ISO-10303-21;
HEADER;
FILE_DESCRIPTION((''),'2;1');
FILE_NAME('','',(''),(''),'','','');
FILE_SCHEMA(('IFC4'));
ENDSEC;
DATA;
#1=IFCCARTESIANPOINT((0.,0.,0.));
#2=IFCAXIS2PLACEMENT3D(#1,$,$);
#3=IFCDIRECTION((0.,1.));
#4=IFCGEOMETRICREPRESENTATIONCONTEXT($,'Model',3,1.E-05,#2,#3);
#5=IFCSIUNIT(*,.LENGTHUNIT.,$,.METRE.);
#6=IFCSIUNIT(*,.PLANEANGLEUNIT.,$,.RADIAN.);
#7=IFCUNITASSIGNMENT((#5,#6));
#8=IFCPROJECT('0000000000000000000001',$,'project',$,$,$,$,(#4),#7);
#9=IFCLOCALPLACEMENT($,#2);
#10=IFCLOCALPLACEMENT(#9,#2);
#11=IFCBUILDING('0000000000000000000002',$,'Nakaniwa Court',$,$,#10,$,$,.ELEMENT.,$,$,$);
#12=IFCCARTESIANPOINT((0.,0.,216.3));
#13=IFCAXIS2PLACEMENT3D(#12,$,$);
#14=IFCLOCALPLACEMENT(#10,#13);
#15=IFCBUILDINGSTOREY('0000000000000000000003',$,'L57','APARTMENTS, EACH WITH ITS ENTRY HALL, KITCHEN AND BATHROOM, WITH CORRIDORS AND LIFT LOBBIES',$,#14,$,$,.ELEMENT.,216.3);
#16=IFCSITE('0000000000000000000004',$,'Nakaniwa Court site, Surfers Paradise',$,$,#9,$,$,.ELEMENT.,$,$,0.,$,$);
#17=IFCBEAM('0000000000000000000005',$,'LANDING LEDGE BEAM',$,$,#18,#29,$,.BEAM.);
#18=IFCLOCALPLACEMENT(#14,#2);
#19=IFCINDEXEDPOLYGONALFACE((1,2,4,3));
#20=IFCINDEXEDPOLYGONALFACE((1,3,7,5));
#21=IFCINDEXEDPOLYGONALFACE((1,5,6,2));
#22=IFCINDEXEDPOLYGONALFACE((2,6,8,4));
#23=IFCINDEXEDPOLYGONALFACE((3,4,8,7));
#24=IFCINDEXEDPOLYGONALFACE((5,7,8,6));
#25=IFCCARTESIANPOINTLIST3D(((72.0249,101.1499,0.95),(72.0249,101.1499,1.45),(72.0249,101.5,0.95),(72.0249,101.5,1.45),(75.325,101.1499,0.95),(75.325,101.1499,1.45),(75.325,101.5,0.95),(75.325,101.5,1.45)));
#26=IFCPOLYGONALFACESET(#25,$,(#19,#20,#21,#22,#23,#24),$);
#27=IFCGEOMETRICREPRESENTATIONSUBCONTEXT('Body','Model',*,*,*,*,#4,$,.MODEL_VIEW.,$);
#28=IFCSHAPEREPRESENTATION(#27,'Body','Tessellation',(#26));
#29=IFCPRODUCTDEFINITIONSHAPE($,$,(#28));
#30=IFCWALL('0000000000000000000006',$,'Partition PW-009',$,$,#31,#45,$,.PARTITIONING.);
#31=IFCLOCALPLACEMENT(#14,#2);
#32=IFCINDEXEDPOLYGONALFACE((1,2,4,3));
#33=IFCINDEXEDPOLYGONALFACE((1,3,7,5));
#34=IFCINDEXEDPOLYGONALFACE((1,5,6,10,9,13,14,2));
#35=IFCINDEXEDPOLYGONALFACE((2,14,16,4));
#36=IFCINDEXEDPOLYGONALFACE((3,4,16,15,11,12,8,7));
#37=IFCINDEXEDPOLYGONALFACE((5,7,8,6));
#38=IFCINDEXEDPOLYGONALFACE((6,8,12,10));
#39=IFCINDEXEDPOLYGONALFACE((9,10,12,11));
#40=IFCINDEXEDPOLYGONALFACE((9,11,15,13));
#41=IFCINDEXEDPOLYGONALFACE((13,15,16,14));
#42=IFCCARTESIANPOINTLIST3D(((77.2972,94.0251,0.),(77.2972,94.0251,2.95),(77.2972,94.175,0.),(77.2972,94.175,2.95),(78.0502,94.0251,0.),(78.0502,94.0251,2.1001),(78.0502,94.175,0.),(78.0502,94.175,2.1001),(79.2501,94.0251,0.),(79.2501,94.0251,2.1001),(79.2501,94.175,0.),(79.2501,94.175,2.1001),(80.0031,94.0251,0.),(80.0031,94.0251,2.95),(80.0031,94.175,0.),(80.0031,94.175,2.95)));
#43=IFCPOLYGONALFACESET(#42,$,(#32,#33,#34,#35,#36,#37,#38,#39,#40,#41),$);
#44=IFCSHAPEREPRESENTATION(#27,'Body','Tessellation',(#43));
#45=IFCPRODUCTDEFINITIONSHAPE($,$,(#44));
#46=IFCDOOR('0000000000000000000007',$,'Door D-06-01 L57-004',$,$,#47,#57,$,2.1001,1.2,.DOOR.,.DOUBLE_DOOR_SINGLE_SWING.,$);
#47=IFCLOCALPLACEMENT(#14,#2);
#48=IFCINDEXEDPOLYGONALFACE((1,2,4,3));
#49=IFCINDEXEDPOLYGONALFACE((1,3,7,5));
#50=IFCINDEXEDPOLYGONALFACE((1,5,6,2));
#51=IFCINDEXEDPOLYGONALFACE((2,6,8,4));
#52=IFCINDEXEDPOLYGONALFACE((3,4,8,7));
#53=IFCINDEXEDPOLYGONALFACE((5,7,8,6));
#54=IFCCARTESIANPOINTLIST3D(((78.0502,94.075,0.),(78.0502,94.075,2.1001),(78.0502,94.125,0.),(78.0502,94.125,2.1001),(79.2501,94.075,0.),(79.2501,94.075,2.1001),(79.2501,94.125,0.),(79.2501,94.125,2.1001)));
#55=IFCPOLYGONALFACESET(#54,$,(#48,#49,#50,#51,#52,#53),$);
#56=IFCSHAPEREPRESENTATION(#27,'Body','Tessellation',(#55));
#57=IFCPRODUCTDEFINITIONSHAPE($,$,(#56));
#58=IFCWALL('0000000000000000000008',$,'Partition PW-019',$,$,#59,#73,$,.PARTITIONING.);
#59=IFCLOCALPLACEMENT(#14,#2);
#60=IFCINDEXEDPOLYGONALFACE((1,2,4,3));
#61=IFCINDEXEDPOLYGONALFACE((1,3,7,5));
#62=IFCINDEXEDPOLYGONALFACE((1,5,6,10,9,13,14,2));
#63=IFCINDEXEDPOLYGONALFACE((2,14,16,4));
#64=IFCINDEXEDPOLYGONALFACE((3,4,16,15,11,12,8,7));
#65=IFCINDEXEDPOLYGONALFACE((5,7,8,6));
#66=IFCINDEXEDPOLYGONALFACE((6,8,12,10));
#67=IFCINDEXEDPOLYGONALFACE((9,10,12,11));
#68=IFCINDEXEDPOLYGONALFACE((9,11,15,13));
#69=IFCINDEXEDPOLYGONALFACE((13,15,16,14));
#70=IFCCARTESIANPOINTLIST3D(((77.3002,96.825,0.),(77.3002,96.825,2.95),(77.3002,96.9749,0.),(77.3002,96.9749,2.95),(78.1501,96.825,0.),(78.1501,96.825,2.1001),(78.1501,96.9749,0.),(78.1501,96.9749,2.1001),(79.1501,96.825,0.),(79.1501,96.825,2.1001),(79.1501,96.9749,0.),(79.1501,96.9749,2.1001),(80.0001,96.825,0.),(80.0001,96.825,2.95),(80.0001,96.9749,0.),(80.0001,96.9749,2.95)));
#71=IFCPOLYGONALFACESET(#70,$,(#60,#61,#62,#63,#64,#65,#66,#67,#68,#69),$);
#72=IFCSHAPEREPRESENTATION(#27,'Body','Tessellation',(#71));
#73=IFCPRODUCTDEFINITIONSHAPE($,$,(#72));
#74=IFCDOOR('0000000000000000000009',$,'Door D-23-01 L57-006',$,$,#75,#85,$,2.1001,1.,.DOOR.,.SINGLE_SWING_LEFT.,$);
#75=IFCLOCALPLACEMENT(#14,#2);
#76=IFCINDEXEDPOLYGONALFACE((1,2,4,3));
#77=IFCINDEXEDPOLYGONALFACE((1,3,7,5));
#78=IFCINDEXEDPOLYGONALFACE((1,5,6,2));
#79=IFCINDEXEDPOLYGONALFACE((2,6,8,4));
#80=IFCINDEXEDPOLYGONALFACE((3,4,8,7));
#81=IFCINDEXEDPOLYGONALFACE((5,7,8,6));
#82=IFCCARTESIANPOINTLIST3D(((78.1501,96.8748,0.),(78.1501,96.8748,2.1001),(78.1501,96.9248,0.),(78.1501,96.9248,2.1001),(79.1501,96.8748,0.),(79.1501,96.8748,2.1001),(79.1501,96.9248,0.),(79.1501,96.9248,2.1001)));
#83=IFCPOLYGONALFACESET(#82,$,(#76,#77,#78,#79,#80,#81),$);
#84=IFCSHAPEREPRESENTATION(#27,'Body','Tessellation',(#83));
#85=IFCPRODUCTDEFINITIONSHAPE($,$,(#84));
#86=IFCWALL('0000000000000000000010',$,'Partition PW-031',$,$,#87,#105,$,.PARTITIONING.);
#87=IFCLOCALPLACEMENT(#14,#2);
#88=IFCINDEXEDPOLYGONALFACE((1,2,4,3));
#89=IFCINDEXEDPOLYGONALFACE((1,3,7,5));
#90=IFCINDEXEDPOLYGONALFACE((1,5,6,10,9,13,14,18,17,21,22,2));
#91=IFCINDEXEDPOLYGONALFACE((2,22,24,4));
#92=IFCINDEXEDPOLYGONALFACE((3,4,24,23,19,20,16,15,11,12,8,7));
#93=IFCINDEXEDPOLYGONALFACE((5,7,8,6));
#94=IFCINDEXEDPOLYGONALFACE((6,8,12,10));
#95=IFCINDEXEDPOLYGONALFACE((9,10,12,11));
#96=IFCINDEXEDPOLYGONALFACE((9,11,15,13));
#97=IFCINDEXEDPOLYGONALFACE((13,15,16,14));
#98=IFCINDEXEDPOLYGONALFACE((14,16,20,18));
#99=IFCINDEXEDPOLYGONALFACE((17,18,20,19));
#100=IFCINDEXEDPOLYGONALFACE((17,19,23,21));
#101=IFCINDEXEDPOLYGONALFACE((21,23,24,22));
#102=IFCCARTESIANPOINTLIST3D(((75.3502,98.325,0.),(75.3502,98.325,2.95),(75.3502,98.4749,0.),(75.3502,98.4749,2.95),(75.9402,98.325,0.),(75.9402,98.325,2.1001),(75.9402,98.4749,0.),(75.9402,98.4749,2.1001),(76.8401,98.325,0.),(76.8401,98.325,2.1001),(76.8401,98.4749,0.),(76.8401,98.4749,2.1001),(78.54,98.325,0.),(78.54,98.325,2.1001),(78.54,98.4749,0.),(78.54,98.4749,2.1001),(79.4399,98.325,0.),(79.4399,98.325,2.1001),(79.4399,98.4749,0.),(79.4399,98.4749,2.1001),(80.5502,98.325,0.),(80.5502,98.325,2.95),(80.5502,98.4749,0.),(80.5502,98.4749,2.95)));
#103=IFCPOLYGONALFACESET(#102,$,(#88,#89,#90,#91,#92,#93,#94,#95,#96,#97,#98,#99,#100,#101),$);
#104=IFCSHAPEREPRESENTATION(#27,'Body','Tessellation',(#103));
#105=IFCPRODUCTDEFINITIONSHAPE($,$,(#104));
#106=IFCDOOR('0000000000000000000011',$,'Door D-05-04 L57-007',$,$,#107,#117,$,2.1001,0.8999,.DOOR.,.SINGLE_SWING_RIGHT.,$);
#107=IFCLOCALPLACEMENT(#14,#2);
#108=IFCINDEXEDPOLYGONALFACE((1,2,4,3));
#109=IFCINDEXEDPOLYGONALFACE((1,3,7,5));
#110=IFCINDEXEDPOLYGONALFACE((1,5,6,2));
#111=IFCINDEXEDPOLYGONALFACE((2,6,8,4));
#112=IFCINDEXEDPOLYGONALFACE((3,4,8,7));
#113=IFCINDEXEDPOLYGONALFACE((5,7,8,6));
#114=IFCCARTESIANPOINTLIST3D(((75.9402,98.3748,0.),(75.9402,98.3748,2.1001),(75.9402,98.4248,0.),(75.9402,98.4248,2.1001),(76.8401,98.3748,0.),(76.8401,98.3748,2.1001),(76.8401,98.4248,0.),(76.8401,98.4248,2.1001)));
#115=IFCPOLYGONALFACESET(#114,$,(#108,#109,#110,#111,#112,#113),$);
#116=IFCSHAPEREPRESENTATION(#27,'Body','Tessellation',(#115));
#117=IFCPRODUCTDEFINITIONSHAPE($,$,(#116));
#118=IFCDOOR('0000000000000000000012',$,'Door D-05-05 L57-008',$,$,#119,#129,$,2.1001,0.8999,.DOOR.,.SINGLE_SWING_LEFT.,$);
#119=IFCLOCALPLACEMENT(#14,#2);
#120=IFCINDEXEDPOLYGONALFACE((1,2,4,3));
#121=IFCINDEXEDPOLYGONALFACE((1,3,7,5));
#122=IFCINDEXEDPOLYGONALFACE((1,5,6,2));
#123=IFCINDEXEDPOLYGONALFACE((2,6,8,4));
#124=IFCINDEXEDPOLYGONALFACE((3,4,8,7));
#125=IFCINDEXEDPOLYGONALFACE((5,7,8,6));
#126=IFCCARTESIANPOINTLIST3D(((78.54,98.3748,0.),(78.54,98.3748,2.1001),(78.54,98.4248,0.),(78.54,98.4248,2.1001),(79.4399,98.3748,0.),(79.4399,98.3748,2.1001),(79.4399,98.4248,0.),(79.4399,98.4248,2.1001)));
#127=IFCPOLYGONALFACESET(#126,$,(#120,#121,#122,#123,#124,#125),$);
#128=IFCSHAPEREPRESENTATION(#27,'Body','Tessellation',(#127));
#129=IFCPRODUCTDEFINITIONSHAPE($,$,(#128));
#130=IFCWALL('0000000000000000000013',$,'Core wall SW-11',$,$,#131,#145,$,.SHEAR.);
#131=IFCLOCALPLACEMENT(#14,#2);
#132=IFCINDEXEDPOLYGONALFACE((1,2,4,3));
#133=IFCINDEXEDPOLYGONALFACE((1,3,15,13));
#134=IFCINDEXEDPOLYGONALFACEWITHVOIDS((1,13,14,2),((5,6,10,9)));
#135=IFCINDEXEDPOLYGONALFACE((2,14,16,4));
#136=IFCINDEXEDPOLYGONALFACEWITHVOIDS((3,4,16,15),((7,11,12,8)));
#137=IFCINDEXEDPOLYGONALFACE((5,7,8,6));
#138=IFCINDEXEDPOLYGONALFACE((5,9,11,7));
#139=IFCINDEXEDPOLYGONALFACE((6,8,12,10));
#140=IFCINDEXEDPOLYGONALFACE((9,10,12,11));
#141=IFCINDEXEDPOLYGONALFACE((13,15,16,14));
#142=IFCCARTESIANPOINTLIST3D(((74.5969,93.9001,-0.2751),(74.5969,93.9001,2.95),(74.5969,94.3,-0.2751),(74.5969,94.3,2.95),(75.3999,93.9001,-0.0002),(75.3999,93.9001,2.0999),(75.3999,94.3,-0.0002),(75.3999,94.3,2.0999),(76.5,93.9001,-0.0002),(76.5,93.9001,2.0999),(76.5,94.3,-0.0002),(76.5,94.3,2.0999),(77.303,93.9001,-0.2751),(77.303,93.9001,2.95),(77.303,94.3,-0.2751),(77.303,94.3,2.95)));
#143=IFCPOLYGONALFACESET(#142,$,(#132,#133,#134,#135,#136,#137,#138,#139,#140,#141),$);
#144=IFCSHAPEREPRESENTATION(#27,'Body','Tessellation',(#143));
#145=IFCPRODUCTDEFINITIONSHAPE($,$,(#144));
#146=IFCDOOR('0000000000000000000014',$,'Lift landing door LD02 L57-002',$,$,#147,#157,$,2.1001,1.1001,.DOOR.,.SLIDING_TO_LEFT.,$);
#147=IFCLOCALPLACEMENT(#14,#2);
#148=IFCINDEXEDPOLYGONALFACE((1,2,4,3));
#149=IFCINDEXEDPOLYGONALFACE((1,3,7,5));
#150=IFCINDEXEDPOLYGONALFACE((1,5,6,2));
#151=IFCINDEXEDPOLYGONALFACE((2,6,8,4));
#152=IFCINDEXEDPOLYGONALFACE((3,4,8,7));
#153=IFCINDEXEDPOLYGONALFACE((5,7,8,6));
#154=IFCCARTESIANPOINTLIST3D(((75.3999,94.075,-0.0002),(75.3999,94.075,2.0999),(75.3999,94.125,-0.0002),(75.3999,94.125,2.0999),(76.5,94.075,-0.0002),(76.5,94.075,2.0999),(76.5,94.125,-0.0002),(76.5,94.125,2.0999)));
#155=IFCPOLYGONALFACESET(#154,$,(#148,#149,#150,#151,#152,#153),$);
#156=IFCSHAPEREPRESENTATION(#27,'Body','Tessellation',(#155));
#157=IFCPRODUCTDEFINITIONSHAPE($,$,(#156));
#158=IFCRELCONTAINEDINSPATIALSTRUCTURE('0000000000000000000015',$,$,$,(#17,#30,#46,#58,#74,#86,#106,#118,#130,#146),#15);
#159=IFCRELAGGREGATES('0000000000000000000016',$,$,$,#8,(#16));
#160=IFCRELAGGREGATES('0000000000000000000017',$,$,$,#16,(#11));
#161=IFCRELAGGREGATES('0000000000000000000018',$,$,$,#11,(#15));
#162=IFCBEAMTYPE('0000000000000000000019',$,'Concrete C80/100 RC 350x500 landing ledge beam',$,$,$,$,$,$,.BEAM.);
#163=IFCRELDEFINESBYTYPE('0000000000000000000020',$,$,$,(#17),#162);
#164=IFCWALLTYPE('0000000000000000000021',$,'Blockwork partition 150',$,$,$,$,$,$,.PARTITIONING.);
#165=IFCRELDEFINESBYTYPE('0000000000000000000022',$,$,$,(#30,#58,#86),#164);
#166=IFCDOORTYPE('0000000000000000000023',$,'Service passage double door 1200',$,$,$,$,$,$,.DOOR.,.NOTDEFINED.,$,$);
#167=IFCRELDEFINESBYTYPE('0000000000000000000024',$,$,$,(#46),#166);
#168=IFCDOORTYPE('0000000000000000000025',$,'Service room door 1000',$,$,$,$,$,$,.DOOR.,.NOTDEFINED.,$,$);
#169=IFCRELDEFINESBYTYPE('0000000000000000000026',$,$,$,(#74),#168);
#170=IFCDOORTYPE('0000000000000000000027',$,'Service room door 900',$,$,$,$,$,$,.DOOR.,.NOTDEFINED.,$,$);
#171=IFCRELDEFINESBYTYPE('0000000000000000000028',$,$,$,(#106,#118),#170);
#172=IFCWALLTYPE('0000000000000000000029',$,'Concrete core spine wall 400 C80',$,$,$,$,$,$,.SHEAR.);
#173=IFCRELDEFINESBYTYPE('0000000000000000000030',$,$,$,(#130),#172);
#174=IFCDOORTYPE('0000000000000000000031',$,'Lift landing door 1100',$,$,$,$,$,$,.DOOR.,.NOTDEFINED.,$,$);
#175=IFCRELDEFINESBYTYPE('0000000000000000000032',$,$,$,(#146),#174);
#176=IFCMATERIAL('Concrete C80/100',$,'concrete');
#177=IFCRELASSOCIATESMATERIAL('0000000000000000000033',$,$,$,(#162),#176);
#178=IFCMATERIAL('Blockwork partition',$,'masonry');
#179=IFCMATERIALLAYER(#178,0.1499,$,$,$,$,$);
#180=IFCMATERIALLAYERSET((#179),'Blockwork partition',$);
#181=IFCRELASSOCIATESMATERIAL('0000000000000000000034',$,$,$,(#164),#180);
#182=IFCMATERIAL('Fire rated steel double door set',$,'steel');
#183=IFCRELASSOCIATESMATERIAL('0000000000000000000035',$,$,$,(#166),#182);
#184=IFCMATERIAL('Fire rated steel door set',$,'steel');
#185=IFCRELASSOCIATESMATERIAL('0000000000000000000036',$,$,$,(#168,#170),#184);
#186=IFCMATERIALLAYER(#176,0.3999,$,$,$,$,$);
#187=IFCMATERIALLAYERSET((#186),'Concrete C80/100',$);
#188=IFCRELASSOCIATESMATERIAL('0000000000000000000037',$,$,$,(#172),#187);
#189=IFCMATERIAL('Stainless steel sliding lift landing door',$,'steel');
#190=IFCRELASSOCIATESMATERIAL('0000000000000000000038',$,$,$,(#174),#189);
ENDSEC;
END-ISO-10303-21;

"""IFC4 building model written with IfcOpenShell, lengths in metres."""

from ifc_helpers import new_model, si_unit, direction, frame, frame_2d, origin, origin_2d, place, context, subcontext, project, spatial, rectangle, extrude, material, layer, layer_set, material_profile, profile_set, type_object, element, fill, save


model = new_model("IFC4")

# Units and contexts
model_context = context("Model", 3, precision=1e-05, world=origin(), true_north=direction((0.0, 1.0)))
body_context = subcontext(model_context, "Body", "Model", "MODEL_VIEW")
ifc_project = project(units=[si_unit("LENGTHUNIT", "METRE"), si_unit("PLANEANGLEUNIT", "RADIAN")], contexts=[model_context])

# Site, building, storey
site_placement = place(None, origin())
site = spatial("IfcSite", under=ifc_project, at=site_placement, Name="Nakaniwa Court site, Surfers Paradise", CompositionType="ELEMENT", RefElevation=0.0)
building_placement = place(site_placement, origin())
building = spatial("IfcBuilding", under=site, at=building_placement, Name="Nakaniwa Court", CompositionType="ELEMENT")
storey_placement = place(building_placement, frame((0.0, 0.0, 216.3)))
storey = spatial("IfcBuildingStorey", under=building, at=storey_placement, Name="L57", Description="APARTMENTS, EACH WITH ITS ENTRY HALL, KITCHEN AND BATHROOM, WITH CORRIDORS AND LIFT LOBBIES", CompositionType="ELEMENT", Elevation=216.3)

# Beam
ifc_material_1 = material(Name="Concrete C80/100", Category="concrete")
ifc_material_profile = material_profile(ifc_material_1, rectangle(XDim=0.3501, YDim=0.5, at=origin_2d()), Name="Concrete C80/100 RC 350x500 landing ledge beam")
ifc_profile_set = profile_set([ifc_material_profile], Name="Concrete C80/100")
beam_type = type_object("IfcBeamType", Name="Concrete C80/100 RC 350x500 landing ledge beam", PredefinedType="BEAM", material=ifc_profile_set)
beam_placement = place(storey_placement, frame((72.0249, 101.325, 1.2), z_axis=(1.0, 0.0, 0.0), x_axis=(0.0, 1.0, 0.0)))
element("IfcBeam", 1, at=beam_placement, inside=storey, type_object=beam_type, Name="LANDING LEDGE BEAM", PredefinedType="BEAM", context=body_context, shape_type="SweptSolid", body=[
    extrude(rectangle(XDim=0.3501, YDim=0.5, at=origin_2d()), origin(), (0.0, 0.0, 1.0), 3.3),
])

# Walls, openings, doors
ifc_material_2 = material(Name="Blockwork partition", Category="masonry")
ifc_layer_1 = layer(ifc_material_2, 0.1499)
ifc_layer_set_1 = layer_set([ifc_layer_1], Name="Blockwork partition")
wall_type_1 = type_object("IfcWallType", Name="Blockwork partition 150", PredefinedType="PARTITIONING", material=ifc_layer_set_1)
wall_1_placement = place(storey_placement, frame((77.2971, 94.1001, 0.0), z_axis=(0.0, 0.0, 1.0), x_axis=(1.0, 0.0, 0.0)))
wall_1 = element("IfcWall", 2, at=wall_1_placement, inside=storey, type_object=wall_type_1, Name="Partition PW-009", PredefinedType="PARTITIONING", context=body_context, shape_type="SweptSolid", body=[
    extrude(rectangle(XDim=2.7058, YDim=0.1499, at=frame_2d((1.353, 0.0))), origin(), (0.0, 0.0, 1.0), 2.95),
])
opening_1_placement = place(wall_1_placement, frame((0.7529, 0.0, 0.0)))
opening_1 = element("IfcOpeningElement", 3, at=opening_1_placement, cuts=wall_1, PredefinedType="OPENING", context=body_context, shape_type="SweptSolid", body=[
    extrude(rectangle(XDim=1.2, YDim=2.1001, at=frame_2d((0.6001, 1.05))), frame((0.0, 0.085, 0.0), z_axis=(0.0, -1.0, 0.0), x_axis=(1.0, 0.0, 0.0)), (0.0, 0.0, 1.0), 0.1699),
])
ifc_material_3 = material(Name="Fire rated steel double door set", Category="steel")
door_type_1 = type_object("IfcDoorType", Name="Service passage double door 1200", OperationType="NOTDEFINED", PredefinedType="DOOR", material=ifc_material_3)
door_1_placement = place(opening_1_placement, origin())
door_1 = element("IfcDoor", 4, at=door_1_placement, inside=storey, type_object=door_type_1, Name="Door D-06-01 L57-004", OperationType="DOUBLE_DOOR_SINGLE_SWING", OverallHeight=2.1001, OverallWidth=1.2, PredefinedType="DOOR", context=body_context, shape_type="SweptSolid", body=[
    extrude(rectangle(XDim=1.2, YDim=2.1001, at=frame_2d((0.6001, 1.05))), frame((0.0, 0.0249, 0.0), z_axis=(0.0, -1.0, 0.0), x_axis=(1.0, 0.0, 0.0)), (0.0, 0.0, 1.0), 0.05),
])
fill(opening_1, door_1)
wall_2_placement = place(storey_placement, frame((77.3, 96.8999, 0.0), z_axis=(0.0, 0.0, 1.0), x_axis=(1.0, 0.0, 0.0)))
wall_2 = element("IfcWall", 5, at=wall_2_placement, inside=storey, type_object=wall_type_1, Name="Partition PW-019", PredefinedType="PARTITIONING", context=body_context, shape_type="SweptSolid", body=[
    extrude(rectangle(XDim=2.7, YDim=0.1499, at=frame_2d((1.3501, 0.0))), origin(), (0.0, 0.0, 1.0), 2.95),
])
opening_2_placement = place(wall_2_placement, frame((0.8501, 0.0, 0.0)))
opening_2 = element("IfcOpeningElement", 6, at=opening_2_placement, cuts=wall_2, PredefinedType="OPENING", context=body_context, shape_type="SweptSolid", body=[
    extrude(rectangle(XDim=1.0, YDim=2.1001, at=frame_2d((0.5, 1.05))), frame((0.0, 0.085, 0.0), z_axis=(0.0, -1.0, 0.0), x_axis=(1.0, 0.0, 0.0)), (0.0, 0.0, 1.0), 0.1699),
])
ifc_material_4 = material(Name="Fire rated steel door set", Category="steel")
door_type_2 = type_object("IfcDoorType", Name="Service room door 1000", OperationType="NOTDEFINED", PredefinedType="DOOR", material=ifc_material_4)
door_2_placement = place(opening_2_placement, origin())
door_2 = element("IfcDoor", 7, at=door_2_placement, inside=storey, type_object=door_type_2, Name="Door D-23-01 L57-006", OperationType="SINGLE_SWING_LEFT", OverallHeight=2.1001, OverallWidth=1.0, PredefinedType="DOOR", context=body_context, shape_type="SweptSolid", body=[
    extrude(rectangle(XDim=1.0, YDim=2.1001, at=frame_2d((0.5, 1.05))), frame((0.0, 0.0249, 0.0), z_axis=(0.0, -1.0, 0.0), x_axis=(1.0, 0.0, 0.0)), (0.0, 0.0, 1.0), 0.05),
])
fill(opening_2, door_2)

# Wall, openings, doors
wall_3_placement = place(storey_placement, frame((75.3501, 98.3999, 0.0), z_axis=(0.0, 0.0, 1.0), x_axis=(1.0, 0.0, 0.0)))
wall_3 = element("IfcWall", 8, at=wall_3_placement, inside=storey, type_object=wall_type_1, Name="Partition PW-031", PredefinedType="PARTITIONING", context=body_context, shape_type="SweptSolid", body=[
    extrude(rectangle(XDim=5.2, YDim=0.1499, at=frame_2d((2.6001, 0.0))), origin(), (0.0, 0.0, 1.0), 2.95),
])
opening_3_placement = place(wall_3_placement, frame((0.5901, 0.0, 0.0)))
opening_3 = element("IfcOpeningElement", 9, at=opening_3_placement, cuts=wall_3, PredefinedType="OPENING", context=body_context, shape_type="SweptSolid", body=[
    extrude(rectangle(XDim=0.8999, YDim=2.1001, at=frame_2d((0.45, 1.05))), frame((0.0, 0.085, 0.0), z_axis=(0.0, -1.0, 0.0), x_axis=(1.0, 0.0, 0.0)), (0.0, 0.0, 1.0), 0.1699),
])
opening_4_placement = place(wall_3_placement, frame((3.1899, 0.0, 0.0)))
opening_4 = element("IfcOpeningElement", 10, at=opening_4_placement, cuts=wall_3, PredefinedType="OPENING", context=body_context, shape_type="SweptSolid", body=[
    extrude(rectangle(XDim=0.8999, YDim=2.1001, at=frame_2d((0.45, 1.05))), frame((0.0, 0.085, 0.0), z_axis=(0.0, -1.0, 0.0), x_axis=(1.0, 0.0, 0.0)), (0.0, 0.0, 1.0), 0.1699),
])
door_type_3 = type_object("IfcDoorType", Name="Service room door 900", OperationType="NOTDEFINED", PredefinedType="DOOR", material=ifc_material_4)
door_3_placement = place(opening_3_placement, origin())
door_3 = element("IfcDoor", 11, at=door_3_placement, inside=storey, type_object=door_type_3, Name="Door D-05-04 L57-007", OperationType="SINGLE_SWING_RIGHT", OverallHeight=2.1001, OverallWidth=0.8999, PredefinedType="DOOR", context=body_context, shape_type="SweptSolid", body=[
    extrude(rectangle(XDim=0.8999, YDim=2.1001, at=frame_2d((0.45, 1.05))), frame((0.0, 0.0249, 0.0), z_axis=(0.0, -1.0, 0.0), x_axis=(1.0, 0.0, 0.0)), (0.0, 0.0, 1.0), 0.05),
])
fill(opening_3, door_3)
door_4_placement = place(opening_4_placement, origin())
door_4 = element("IfcDoor", 12, at=door_4_placement, inside=storey, type_object=door_type_3, Name="Door D-05-05 L57-008", OperationType="SINGLE_SWING_LEFT", OverallHeight=2.1001, OverallWidth=0.8999, PredefinedType="DOOR", context=body_context, shape_type="SweptSolid", body=[
    extrude(rectangle(XDim=0.8999, YDim=2.1001, at=frame_2d((0.45, 1.05))), frame((0.0, 0.0249, 0.0), z_axis=(0.0, -1.0, 0.0), x_axis=(1.0, 0.0, 0.0)), (0.0, 0.0, 1.0), 0.05),
])
fill(opening_4, door_4)

# Wall, opening, door
ifc_layer_2 = layer(ifc_material_1, 0.3999)
ifc_layer_set_2 = layer_set([ifc_layer_2], Name="Concrete C80/100")
wall_type_2 = type_object("IfcWallType", Name="Concrete core spine wall 400 C80", PredefinedType="SHEAR", material=ifc_layer_set_2)
wall_4_placement = place(storey_placement, frame((74.5969, 94.1001, -0.2751), z_axis=(0.0, 0.0, 1.0), x_axis=(1.0, 0.0, 0.0)))
wall_4 = element("IfcWall", 13, at=wall_4_placement, inside=storey, type_object=wall_type_2, Name="Core wall SW-11", PredefinedType="SHEAR", context=body_context, shape_type="SweptSolid", body=[
    extrude(rectangle(XDim=2.7061, YDim=0.3999, at=frame_2d((1.353, 0.0))), origin(), (0.0, 0.0, 1.0), 3.2251),
])
opening_5_placement = place(wall_4_placement, frame((0.803, 0.0, 0.2749)))
opening_5 = element("IfcOpeningElement", 14, at=opening_5_placement, cuts=wall_4, PredefinedType="OPENING", context=body_context, shape_type="SweptSolid", body=[
    extrude(rectangle(XDim=1.1001, YDim=2.1001, at=frame_2d((0.55, 1.05))), frame((0.0, 0.21, 0.0), z_axis=(0.0, -1.0, 0.0), x_axis=(1.0, 0.0, 0.0)), (0.0, 0.0, 1.0), 0.4199),
])
ifc_material_5 = material(Name="Stainless steel sliding lift landing door", Category="steel")
door_type_4 = type_object("IfcDoorType", Name="Lift landing door 1100", OperationType="NOTDEFINED", PredefinedType="DOOR", material=ifc_material_5)
door_5_placement = place(opening_5_placement, origin())
door_5 = element("IfcDoor", 15, at=door_5_placement, inside=storey, type_object=door_type_4, Name="Lift landing door LD02 L57-002", OperationType="SLIDING_TO_LEFT", OverallHeight=2.1001, OverallWidth=1.1001, PredefinedType="DOOR", context=body_context, shape_type="SweptSolid", body=[
    extrude(rectangle(XDim=1.1001, YDim=2.1001, at=frame_2d((0.55, 1.05))), frame((0.0, 0.0249, 0.0), z_axis=(0.0, -1.0, 0.0), x_axis=(1.0, 0.0, 0.0)), (0.0, 0.0, 1.0), 0.05),
])
fill(opening_5, door_5)

save(model, "model.ifc")
